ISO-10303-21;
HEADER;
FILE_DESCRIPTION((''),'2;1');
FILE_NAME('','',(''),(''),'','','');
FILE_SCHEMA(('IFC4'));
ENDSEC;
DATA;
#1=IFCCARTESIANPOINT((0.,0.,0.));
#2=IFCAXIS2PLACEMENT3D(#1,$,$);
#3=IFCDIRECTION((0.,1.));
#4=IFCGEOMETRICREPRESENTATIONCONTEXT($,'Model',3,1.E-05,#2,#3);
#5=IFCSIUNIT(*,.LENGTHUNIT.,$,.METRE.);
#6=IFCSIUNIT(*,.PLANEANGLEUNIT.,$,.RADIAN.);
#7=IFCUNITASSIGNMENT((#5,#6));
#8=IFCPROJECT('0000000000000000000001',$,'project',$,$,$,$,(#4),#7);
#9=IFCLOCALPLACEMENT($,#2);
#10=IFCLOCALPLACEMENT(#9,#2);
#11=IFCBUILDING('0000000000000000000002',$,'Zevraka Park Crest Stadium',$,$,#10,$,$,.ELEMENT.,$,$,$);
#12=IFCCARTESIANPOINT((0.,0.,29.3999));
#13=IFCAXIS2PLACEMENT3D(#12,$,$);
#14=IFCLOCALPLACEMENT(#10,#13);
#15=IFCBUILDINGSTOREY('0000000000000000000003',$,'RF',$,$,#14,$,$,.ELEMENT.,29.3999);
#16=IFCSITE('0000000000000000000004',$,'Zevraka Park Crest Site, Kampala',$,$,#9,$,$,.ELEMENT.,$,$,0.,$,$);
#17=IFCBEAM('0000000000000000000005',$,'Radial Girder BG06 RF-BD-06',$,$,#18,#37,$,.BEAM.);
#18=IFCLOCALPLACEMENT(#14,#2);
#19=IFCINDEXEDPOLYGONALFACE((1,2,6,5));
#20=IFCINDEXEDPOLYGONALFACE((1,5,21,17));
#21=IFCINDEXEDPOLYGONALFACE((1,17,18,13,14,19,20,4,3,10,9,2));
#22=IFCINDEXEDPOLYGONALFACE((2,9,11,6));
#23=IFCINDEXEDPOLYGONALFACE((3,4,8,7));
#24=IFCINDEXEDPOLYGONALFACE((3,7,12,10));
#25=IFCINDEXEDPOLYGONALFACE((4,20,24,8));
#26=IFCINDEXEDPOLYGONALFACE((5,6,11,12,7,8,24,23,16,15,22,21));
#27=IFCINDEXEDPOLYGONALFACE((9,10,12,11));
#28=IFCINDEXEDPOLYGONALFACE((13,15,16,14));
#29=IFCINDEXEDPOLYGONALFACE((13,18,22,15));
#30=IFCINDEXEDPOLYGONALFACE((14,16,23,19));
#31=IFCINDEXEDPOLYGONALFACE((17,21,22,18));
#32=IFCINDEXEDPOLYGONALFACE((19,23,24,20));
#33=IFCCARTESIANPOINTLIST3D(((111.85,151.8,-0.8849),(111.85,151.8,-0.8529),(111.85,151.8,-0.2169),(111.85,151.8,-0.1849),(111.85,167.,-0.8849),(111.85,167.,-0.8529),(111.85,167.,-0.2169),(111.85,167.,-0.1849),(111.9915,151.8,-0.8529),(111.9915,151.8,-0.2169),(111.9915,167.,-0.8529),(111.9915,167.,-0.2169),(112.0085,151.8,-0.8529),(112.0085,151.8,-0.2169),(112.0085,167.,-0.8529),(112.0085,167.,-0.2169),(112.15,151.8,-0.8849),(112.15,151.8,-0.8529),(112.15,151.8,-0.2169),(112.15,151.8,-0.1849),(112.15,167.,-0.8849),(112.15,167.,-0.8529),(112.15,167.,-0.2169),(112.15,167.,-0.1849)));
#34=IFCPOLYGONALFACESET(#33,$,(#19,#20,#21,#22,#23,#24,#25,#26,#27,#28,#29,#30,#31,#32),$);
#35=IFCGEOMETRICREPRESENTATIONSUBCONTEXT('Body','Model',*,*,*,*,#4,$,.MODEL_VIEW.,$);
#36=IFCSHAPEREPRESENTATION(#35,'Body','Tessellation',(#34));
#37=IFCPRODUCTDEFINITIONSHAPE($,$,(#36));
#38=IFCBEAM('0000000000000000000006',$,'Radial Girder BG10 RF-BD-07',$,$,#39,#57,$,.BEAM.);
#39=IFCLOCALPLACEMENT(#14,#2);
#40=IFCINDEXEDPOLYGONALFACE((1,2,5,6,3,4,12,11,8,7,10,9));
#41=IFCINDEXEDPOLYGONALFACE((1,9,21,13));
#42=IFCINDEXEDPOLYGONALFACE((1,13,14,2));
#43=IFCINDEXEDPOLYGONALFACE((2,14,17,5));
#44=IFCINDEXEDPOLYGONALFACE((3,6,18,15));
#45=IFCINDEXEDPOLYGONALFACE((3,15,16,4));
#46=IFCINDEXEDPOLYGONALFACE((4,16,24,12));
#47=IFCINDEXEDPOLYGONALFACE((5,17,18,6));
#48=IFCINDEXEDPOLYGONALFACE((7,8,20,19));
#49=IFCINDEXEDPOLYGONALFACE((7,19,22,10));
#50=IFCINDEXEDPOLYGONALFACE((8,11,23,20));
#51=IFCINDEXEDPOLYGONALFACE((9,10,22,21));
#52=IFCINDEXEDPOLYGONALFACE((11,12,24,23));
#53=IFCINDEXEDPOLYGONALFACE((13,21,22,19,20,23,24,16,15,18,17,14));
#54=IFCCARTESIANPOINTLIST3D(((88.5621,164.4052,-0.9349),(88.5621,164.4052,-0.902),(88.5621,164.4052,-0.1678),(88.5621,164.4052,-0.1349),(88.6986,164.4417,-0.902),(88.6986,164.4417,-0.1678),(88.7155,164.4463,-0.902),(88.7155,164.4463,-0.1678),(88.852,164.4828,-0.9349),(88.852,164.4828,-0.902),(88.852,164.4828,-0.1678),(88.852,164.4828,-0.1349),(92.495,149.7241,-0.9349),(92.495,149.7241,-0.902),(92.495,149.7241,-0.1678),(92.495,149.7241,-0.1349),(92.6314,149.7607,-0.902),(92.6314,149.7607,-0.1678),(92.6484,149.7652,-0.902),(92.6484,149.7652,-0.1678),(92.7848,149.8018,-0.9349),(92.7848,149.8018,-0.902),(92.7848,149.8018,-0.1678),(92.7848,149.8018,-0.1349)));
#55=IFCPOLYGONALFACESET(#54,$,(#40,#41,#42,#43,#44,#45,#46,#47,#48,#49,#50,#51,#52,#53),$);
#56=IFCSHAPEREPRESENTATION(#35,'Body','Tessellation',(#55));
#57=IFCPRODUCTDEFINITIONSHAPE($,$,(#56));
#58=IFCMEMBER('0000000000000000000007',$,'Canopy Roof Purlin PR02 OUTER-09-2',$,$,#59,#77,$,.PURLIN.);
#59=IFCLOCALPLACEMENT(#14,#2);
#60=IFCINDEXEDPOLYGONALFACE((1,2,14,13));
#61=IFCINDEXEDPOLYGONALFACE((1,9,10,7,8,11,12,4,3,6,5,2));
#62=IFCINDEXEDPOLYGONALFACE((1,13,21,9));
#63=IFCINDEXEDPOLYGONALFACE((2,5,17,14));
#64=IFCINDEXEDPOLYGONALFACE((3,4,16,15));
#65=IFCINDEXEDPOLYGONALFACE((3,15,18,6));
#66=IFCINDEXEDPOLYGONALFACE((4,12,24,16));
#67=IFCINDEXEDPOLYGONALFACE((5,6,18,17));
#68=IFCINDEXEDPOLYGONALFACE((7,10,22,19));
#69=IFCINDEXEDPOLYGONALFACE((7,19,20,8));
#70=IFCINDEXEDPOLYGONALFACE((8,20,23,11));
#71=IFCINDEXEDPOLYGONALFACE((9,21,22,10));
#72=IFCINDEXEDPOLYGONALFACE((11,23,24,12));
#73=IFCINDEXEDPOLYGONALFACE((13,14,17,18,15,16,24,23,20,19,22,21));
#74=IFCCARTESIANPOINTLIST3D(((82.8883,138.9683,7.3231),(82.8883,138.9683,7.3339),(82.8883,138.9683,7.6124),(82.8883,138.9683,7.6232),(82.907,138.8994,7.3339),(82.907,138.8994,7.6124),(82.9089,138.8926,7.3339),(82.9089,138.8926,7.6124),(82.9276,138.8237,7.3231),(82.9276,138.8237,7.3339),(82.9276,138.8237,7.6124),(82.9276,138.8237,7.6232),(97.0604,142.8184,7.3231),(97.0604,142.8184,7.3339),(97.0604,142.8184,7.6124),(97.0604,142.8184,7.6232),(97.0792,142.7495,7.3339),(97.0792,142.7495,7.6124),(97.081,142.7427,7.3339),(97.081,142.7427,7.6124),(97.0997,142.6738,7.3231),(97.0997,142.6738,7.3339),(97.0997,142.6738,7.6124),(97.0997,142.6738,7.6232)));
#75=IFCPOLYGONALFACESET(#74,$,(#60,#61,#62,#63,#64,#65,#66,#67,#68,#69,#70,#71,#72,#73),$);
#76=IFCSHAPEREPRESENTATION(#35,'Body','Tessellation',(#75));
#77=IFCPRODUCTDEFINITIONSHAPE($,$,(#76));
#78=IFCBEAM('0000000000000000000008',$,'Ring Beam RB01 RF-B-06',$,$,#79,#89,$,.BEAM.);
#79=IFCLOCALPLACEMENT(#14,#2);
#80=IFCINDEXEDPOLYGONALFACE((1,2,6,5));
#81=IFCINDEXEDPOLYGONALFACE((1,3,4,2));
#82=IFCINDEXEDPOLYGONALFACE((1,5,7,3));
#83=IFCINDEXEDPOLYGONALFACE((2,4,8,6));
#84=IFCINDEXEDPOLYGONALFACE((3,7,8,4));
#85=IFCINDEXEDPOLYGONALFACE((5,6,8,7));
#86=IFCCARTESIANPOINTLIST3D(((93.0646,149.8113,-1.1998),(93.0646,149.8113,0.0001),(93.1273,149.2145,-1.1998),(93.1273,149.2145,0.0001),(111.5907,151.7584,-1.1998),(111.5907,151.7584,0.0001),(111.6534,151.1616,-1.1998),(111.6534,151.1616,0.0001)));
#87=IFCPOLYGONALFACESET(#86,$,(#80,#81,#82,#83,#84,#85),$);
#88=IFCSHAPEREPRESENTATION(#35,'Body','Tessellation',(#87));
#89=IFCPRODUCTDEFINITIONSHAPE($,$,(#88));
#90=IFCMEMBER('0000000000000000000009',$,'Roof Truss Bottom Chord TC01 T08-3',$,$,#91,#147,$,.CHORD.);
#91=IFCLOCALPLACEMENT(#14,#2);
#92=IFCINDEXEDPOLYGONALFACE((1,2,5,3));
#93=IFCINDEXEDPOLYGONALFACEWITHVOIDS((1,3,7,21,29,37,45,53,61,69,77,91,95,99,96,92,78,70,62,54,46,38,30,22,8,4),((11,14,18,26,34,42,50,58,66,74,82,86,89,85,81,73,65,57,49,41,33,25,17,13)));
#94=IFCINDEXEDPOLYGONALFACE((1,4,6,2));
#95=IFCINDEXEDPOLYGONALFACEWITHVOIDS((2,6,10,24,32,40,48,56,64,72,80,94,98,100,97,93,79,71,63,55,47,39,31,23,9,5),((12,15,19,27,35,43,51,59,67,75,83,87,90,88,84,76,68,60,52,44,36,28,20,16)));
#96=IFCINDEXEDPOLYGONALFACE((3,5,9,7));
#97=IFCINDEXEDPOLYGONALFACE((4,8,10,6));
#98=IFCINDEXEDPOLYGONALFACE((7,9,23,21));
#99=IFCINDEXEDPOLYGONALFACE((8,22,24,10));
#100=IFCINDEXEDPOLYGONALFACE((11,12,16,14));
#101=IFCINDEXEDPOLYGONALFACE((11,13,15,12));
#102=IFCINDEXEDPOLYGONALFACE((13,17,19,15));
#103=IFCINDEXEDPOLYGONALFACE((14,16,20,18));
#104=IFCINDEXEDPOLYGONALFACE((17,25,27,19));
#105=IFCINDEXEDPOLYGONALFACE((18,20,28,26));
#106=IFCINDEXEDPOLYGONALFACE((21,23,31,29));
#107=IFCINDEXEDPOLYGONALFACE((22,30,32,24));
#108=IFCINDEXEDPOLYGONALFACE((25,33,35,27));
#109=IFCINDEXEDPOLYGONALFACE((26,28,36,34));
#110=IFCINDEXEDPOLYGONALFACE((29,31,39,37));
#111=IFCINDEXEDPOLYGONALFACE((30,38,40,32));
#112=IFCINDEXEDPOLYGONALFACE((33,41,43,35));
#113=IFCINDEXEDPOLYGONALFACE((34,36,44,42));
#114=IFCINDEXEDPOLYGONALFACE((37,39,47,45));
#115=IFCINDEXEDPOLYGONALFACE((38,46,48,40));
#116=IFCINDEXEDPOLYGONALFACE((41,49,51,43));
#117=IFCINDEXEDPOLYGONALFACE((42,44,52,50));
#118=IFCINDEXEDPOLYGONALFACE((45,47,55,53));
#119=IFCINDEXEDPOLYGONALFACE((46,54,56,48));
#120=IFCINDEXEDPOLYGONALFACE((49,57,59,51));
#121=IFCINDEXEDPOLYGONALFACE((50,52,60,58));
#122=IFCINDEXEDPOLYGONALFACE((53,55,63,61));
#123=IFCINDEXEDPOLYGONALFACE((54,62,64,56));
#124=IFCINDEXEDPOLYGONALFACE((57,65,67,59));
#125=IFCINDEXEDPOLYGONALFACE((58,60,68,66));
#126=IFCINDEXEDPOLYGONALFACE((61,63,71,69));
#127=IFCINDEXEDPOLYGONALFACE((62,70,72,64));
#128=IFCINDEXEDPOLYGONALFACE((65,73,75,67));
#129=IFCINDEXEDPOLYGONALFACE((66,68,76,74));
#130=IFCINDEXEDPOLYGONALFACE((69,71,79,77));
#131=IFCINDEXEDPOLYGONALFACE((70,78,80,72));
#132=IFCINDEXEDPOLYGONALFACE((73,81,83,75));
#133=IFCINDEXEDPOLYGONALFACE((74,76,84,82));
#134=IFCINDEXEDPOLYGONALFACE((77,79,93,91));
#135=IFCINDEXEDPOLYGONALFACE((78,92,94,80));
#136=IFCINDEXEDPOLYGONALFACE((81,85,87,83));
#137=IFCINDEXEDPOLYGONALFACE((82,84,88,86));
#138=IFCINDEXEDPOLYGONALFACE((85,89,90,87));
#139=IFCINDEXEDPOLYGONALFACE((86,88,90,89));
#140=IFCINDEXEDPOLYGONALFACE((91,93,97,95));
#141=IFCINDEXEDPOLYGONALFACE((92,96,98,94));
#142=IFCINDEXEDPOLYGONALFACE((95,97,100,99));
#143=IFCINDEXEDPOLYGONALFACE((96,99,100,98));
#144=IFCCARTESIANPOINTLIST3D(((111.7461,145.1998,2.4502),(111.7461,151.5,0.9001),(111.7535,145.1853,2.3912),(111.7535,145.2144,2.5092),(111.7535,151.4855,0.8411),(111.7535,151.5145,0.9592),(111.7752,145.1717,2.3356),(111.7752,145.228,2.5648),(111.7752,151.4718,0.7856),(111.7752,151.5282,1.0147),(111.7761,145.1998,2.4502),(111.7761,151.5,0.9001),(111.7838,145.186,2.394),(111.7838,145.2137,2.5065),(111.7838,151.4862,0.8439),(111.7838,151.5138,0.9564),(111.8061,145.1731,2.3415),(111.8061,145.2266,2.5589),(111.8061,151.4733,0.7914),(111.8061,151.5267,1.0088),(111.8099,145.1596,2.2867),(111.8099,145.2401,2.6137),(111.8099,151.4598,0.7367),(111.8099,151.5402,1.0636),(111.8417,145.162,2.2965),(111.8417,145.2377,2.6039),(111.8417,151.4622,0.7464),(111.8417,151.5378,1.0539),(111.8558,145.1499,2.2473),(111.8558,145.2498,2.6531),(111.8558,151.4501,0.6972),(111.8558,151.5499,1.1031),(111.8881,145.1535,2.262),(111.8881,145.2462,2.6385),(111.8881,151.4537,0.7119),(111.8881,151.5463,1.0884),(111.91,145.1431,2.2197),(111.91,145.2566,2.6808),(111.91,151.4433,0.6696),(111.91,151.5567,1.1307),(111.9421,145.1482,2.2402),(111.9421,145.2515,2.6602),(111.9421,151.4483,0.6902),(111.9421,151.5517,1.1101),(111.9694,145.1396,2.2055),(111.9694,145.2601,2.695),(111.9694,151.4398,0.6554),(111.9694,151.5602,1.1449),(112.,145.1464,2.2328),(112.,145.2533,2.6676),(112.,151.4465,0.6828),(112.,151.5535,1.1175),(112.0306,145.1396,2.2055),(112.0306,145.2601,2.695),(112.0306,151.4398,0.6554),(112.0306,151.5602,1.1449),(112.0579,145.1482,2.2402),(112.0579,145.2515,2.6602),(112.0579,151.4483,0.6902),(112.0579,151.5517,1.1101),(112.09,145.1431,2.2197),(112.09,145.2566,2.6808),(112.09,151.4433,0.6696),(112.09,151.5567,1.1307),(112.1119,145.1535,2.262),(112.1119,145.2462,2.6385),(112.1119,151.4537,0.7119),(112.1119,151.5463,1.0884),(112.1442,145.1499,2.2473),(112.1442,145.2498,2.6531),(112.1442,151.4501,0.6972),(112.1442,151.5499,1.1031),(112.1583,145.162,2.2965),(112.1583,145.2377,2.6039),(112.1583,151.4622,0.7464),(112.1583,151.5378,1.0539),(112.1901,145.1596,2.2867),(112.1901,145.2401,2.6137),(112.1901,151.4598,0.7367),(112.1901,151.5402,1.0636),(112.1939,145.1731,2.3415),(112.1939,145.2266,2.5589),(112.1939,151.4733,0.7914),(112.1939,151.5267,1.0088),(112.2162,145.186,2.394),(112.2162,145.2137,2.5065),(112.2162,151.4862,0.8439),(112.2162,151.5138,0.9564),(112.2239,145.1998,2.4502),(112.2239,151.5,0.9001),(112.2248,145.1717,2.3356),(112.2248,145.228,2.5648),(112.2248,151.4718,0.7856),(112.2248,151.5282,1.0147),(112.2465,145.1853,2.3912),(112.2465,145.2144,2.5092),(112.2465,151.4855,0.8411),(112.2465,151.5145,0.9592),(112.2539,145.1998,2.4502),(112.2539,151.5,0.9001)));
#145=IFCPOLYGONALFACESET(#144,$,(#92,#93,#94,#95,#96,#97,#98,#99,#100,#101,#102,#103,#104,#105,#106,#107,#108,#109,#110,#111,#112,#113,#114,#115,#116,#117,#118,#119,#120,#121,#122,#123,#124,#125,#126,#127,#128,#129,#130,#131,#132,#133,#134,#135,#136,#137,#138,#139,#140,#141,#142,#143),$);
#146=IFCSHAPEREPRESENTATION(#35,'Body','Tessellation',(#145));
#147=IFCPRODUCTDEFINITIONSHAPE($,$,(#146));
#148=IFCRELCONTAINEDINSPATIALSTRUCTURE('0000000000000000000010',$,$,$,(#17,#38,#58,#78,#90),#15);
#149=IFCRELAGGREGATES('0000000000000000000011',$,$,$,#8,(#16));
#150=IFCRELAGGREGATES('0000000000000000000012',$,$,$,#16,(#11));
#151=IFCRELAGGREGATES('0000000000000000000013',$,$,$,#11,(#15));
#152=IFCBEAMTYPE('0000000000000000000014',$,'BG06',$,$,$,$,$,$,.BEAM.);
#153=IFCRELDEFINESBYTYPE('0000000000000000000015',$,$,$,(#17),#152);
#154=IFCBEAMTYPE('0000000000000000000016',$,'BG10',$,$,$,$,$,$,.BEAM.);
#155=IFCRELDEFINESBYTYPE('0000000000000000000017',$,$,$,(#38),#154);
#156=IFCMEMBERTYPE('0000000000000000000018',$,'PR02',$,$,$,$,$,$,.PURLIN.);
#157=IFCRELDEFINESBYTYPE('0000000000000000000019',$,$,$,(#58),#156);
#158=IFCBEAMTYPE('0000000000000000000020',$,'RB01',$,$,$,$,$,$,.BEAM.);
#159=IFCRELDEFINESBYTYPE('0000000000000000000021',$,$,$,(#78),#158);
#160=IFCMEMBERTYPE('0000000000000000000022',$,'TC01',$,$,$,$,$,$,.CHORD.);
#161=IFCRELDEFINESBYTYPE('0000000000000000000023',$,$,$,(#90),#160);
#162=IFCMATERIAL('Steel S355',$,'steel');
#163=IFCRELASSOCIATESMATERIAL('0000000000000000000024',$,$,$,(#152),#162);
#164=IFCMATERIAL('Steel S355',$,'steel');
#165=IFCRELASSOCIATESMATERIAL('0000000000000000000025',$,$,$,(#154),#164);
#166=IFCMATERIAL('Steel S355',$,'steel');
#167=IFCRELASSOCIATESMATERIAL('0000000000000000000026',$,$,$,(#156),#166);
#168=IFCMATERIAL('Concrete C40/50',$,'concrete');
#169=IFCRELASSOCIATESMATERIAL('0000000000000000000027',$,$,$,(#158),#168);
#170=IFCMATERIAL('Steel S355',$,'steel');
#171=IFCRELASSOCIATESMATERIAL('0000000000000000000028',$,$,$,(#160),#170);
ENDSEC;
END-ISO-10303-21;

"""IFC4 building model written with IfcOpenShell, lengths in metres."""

from ifc_helpers import new_model, si_unit, direction, frame, origin, origin_2d, place, context, subcontext, project, spatial, rectangle, hollow_circle, i_section, extrude, material, material_profile, profile_set, type_object, element, save


model = new_model("IFC4")

# Units and contexts
model_context = context("Model", 3, precision=1e-05, world=origin(), true_north=direction((0.0, 1.0)))
body_context = subcontext(model_context, "Body", "Model", "MODEL_VIEW")
ifc_project = project(units=[si_unit("LENGTHUNIT", "METRE"), si_unit("PLANEANGLEUNIT", "RADIAN")], contexts=[model_context])

# Site, building, storey
site_placement = place(None, origin())
site = spatial("IfcSite", under=ifc_project, at=site_placement, Name="Zevraka Park Crest Site, Kampala", CompositionType="ELEMENT", RefElevation=0.0)
building_placement = place(site_placement, origin())
building = spatial("IfcBuilding", under=site, at=building_placement, Name="Zevraka Park Crest Stadium", CompositionType="ELEMENT")
storey_placement = place(building_placement, frame((0.0, 0.0, 29.3999)))
storey = spatial("IfcBuildingStorey", under=building, at=storey_placement, Name="RF", CompositionType="ELEMENT", Elevation=29.3999)

# Beams
ifc_material_1 = material(Name="Steel S355", Category="steel")
ifc_material_profile_1 = material_profile(ifc_material_1, i_section(OverallWidth=0.3, OverallDepth=0.7, WebThickness=0.0171, FlangeThickness=0.032, at=origin_2d()), Name="HEB 700")
ifc_profile_set_1 = profile_set([ifc_material_profile_1], Name="Steel S355")
beam_type_1 = type_object("IfcBeamType", Name="BG06", PredefinedType="BEAM", material=ifc_profile_set_1)
beam_1_placement = place(storey_placement, frame((112.0, 151.8, -0.5349), z_axis=(0.0, 1.0, 0.0), x_axis=(-1.0, 0.0, 0.0)))
element("IfcBeam", 1, at=beam_1_placement, inside=storey, type_object=beam_type_1, Name="Radial Girder BG06 RF-BD-06", PredefinedType="BEAM", context=body_context, shape_type="SweptSolid", body=[
    extrude(i_section(OverallWidth=0.3, OverallDepth=0.7, WebThickness=0.0171, FlangeThickness=0.032, at=origin_2d()), origin(), (0.0, 0.0, 1.0), 15.2),
])
ifc_material_2 = material(Name="Steel S355", Category="steel")
ifc_material_profile_2 = material_profile(ifc_material_2, i_section(OverallWidth=0.3, OverallDepth=0.8, WebThickness=0.0176, FlangeThickness=0.033, at=origin_2d()), Name="HEB 800")
ifc_profile_set_2 = profile_set([ifc_material_profile_2], Name="Steel S355")
beam_type_2 = type_object("IfcBeamType", Name="BG10", PredefinedType="BEAM", material=ifc_profile_set_2)
beam_2_placement = place(storey_placement, frame((92.6399, 149.7629, -0.5349), z_axis=(-0.258761, 0.965941, 0.0), x_axis=(-0.965941, -0.258761, 0.0)))
element("IfcBeam", 2, at=beam_2_placement, inside=storey, type_object=beam_type_2, Name="Radial Girder BG10 RF-BD-07", PredefinedType="BEAM", context=body_context, shape_type="SweptSolid", body=[
    extrude(i_section(OverallWidth=0.3, OverallDepth=0.8, WebThickness=0.0176, FlangeThickness=0.033, at=origin_2d()), origin(), (0.0, 0.0, 1.0), 15.1987),
])

# Member
ifc_material_3 = material(Name="Steel S355", Category="steel")
ifc_material_profile_3 = material_profile(ifc_material_3, i_section(OverallWidth=0.1499, OverallDepth=0.3, WebThickness=0.0071, FlangeThickness=0.0107, at=origin_2d()), Name="IPE 300")
ifc_profile_set_3 = profile_set([ifc_material_profile_3], Name="Steel S355")
member_type_1 = type_object("IfcMemberType", Name="PR02", PredefinedType="PURLIN", material=ifc_profile_set_3)
member_1_placement = place(storey_placement, frame((97.0801, 142.7461, 7.4731), z_axis=(-0.965023, -0.262165, 0.0), x_axis=(0.262165, -0.965023, 0.0)))
element("IfcMember", 3, at=member_1_placement, inside=storey, type_object=member_type_1, Name="Canopy Roof Purlin PR02 OUTER-09-2", PredefinedType="PURLIN", context=body_context, shape_type="SweptSolid", body=[
    extrude(i_section(OverallWidth=0.1499, OverallDepth=0.3, WebThickness=0.0071, FlangeThickness=0.0107, at=origin_2d()), origin(), (0.0, 0.0, 1.0), 14.6858),
])

# Beam
ifc_material_4 = material(Name="Concrete C40/50", Category="concrete")
ifc_material_profile_4 = material_profile(ifc_material_4, rectangle(XDim=0.6001, YDim=1.2, at=origin_2d()), Name="RC 1200x600")
ifc_profile_set_4 = profile_set([ifc_material_profile_4], Name="Concrete C40/50")
beam_type_3 = type_object("IfcBeamType", Name="RB01", PredefinedType="BEAM", material=ifc_profile_set_4)
beam_3_placement = place(storey_placement, frame((111.6221, 151.46, -0.5999), z_axis=(-0.994523, -0.10452, 0.0), x_axis=(0.10452, -0.994523, 0.0)))
element("IfcBeam", 4, at=beam_3_placement, inside=storey, type_object=beam_type_3, Name="Ring Beam RB01 RF-B-06", PredefinedType="BEAM", context=body_context, shape_type="SweptSolid", body=[
    extrude(rectangle(XDim=0.6001, YDim=1.2, at=origin_2d()), origin(), (0.0, 0.0, 1.0), 18.6282),
])

# Member
ifc_material_5 = material(Name="Steel S355", Category="steel")
ifc_material_profile_5 = material_profile(ifc_material_5, hollow_circle(Radius=0.2539, WallThickness=0.03, at=origin_2d()), Name="CHS 508.0x30")
ifc_profile_set_5 = profile_set([ifc_material_profile_5], Name="Steel S355")
member_type_2 = type_object("IfcMemberType", Name="TC01", PredefinedType="CHORD", material=ifc_profile_set_5)
for number, where, z_axis, x_axis, name in (
    (5, (112.0, 151.5, 0.9001), (0.0, -0.971041, 0.238913), (1.0, 0.0, 0.0), "Roof Truss Bottom Chord TC01 T08-3"),
):
    element("IfcMember", number, at=place(storey_placement, frame(where, z_axis=z_axis, x_axis=x_axis)), inside=storey, type_object=member_type_2, Name=name, PredefinedType="CHORD", context=body_context, shape_type="SweptSolid", body=[
        extrude(hollow_circle(Radius=0.2539, WallThickness=0.03, at=origin_2d()), origin(), (0.0, 0.0, 1.0), 6.488),
    ])

save(model, "model.ifc")
